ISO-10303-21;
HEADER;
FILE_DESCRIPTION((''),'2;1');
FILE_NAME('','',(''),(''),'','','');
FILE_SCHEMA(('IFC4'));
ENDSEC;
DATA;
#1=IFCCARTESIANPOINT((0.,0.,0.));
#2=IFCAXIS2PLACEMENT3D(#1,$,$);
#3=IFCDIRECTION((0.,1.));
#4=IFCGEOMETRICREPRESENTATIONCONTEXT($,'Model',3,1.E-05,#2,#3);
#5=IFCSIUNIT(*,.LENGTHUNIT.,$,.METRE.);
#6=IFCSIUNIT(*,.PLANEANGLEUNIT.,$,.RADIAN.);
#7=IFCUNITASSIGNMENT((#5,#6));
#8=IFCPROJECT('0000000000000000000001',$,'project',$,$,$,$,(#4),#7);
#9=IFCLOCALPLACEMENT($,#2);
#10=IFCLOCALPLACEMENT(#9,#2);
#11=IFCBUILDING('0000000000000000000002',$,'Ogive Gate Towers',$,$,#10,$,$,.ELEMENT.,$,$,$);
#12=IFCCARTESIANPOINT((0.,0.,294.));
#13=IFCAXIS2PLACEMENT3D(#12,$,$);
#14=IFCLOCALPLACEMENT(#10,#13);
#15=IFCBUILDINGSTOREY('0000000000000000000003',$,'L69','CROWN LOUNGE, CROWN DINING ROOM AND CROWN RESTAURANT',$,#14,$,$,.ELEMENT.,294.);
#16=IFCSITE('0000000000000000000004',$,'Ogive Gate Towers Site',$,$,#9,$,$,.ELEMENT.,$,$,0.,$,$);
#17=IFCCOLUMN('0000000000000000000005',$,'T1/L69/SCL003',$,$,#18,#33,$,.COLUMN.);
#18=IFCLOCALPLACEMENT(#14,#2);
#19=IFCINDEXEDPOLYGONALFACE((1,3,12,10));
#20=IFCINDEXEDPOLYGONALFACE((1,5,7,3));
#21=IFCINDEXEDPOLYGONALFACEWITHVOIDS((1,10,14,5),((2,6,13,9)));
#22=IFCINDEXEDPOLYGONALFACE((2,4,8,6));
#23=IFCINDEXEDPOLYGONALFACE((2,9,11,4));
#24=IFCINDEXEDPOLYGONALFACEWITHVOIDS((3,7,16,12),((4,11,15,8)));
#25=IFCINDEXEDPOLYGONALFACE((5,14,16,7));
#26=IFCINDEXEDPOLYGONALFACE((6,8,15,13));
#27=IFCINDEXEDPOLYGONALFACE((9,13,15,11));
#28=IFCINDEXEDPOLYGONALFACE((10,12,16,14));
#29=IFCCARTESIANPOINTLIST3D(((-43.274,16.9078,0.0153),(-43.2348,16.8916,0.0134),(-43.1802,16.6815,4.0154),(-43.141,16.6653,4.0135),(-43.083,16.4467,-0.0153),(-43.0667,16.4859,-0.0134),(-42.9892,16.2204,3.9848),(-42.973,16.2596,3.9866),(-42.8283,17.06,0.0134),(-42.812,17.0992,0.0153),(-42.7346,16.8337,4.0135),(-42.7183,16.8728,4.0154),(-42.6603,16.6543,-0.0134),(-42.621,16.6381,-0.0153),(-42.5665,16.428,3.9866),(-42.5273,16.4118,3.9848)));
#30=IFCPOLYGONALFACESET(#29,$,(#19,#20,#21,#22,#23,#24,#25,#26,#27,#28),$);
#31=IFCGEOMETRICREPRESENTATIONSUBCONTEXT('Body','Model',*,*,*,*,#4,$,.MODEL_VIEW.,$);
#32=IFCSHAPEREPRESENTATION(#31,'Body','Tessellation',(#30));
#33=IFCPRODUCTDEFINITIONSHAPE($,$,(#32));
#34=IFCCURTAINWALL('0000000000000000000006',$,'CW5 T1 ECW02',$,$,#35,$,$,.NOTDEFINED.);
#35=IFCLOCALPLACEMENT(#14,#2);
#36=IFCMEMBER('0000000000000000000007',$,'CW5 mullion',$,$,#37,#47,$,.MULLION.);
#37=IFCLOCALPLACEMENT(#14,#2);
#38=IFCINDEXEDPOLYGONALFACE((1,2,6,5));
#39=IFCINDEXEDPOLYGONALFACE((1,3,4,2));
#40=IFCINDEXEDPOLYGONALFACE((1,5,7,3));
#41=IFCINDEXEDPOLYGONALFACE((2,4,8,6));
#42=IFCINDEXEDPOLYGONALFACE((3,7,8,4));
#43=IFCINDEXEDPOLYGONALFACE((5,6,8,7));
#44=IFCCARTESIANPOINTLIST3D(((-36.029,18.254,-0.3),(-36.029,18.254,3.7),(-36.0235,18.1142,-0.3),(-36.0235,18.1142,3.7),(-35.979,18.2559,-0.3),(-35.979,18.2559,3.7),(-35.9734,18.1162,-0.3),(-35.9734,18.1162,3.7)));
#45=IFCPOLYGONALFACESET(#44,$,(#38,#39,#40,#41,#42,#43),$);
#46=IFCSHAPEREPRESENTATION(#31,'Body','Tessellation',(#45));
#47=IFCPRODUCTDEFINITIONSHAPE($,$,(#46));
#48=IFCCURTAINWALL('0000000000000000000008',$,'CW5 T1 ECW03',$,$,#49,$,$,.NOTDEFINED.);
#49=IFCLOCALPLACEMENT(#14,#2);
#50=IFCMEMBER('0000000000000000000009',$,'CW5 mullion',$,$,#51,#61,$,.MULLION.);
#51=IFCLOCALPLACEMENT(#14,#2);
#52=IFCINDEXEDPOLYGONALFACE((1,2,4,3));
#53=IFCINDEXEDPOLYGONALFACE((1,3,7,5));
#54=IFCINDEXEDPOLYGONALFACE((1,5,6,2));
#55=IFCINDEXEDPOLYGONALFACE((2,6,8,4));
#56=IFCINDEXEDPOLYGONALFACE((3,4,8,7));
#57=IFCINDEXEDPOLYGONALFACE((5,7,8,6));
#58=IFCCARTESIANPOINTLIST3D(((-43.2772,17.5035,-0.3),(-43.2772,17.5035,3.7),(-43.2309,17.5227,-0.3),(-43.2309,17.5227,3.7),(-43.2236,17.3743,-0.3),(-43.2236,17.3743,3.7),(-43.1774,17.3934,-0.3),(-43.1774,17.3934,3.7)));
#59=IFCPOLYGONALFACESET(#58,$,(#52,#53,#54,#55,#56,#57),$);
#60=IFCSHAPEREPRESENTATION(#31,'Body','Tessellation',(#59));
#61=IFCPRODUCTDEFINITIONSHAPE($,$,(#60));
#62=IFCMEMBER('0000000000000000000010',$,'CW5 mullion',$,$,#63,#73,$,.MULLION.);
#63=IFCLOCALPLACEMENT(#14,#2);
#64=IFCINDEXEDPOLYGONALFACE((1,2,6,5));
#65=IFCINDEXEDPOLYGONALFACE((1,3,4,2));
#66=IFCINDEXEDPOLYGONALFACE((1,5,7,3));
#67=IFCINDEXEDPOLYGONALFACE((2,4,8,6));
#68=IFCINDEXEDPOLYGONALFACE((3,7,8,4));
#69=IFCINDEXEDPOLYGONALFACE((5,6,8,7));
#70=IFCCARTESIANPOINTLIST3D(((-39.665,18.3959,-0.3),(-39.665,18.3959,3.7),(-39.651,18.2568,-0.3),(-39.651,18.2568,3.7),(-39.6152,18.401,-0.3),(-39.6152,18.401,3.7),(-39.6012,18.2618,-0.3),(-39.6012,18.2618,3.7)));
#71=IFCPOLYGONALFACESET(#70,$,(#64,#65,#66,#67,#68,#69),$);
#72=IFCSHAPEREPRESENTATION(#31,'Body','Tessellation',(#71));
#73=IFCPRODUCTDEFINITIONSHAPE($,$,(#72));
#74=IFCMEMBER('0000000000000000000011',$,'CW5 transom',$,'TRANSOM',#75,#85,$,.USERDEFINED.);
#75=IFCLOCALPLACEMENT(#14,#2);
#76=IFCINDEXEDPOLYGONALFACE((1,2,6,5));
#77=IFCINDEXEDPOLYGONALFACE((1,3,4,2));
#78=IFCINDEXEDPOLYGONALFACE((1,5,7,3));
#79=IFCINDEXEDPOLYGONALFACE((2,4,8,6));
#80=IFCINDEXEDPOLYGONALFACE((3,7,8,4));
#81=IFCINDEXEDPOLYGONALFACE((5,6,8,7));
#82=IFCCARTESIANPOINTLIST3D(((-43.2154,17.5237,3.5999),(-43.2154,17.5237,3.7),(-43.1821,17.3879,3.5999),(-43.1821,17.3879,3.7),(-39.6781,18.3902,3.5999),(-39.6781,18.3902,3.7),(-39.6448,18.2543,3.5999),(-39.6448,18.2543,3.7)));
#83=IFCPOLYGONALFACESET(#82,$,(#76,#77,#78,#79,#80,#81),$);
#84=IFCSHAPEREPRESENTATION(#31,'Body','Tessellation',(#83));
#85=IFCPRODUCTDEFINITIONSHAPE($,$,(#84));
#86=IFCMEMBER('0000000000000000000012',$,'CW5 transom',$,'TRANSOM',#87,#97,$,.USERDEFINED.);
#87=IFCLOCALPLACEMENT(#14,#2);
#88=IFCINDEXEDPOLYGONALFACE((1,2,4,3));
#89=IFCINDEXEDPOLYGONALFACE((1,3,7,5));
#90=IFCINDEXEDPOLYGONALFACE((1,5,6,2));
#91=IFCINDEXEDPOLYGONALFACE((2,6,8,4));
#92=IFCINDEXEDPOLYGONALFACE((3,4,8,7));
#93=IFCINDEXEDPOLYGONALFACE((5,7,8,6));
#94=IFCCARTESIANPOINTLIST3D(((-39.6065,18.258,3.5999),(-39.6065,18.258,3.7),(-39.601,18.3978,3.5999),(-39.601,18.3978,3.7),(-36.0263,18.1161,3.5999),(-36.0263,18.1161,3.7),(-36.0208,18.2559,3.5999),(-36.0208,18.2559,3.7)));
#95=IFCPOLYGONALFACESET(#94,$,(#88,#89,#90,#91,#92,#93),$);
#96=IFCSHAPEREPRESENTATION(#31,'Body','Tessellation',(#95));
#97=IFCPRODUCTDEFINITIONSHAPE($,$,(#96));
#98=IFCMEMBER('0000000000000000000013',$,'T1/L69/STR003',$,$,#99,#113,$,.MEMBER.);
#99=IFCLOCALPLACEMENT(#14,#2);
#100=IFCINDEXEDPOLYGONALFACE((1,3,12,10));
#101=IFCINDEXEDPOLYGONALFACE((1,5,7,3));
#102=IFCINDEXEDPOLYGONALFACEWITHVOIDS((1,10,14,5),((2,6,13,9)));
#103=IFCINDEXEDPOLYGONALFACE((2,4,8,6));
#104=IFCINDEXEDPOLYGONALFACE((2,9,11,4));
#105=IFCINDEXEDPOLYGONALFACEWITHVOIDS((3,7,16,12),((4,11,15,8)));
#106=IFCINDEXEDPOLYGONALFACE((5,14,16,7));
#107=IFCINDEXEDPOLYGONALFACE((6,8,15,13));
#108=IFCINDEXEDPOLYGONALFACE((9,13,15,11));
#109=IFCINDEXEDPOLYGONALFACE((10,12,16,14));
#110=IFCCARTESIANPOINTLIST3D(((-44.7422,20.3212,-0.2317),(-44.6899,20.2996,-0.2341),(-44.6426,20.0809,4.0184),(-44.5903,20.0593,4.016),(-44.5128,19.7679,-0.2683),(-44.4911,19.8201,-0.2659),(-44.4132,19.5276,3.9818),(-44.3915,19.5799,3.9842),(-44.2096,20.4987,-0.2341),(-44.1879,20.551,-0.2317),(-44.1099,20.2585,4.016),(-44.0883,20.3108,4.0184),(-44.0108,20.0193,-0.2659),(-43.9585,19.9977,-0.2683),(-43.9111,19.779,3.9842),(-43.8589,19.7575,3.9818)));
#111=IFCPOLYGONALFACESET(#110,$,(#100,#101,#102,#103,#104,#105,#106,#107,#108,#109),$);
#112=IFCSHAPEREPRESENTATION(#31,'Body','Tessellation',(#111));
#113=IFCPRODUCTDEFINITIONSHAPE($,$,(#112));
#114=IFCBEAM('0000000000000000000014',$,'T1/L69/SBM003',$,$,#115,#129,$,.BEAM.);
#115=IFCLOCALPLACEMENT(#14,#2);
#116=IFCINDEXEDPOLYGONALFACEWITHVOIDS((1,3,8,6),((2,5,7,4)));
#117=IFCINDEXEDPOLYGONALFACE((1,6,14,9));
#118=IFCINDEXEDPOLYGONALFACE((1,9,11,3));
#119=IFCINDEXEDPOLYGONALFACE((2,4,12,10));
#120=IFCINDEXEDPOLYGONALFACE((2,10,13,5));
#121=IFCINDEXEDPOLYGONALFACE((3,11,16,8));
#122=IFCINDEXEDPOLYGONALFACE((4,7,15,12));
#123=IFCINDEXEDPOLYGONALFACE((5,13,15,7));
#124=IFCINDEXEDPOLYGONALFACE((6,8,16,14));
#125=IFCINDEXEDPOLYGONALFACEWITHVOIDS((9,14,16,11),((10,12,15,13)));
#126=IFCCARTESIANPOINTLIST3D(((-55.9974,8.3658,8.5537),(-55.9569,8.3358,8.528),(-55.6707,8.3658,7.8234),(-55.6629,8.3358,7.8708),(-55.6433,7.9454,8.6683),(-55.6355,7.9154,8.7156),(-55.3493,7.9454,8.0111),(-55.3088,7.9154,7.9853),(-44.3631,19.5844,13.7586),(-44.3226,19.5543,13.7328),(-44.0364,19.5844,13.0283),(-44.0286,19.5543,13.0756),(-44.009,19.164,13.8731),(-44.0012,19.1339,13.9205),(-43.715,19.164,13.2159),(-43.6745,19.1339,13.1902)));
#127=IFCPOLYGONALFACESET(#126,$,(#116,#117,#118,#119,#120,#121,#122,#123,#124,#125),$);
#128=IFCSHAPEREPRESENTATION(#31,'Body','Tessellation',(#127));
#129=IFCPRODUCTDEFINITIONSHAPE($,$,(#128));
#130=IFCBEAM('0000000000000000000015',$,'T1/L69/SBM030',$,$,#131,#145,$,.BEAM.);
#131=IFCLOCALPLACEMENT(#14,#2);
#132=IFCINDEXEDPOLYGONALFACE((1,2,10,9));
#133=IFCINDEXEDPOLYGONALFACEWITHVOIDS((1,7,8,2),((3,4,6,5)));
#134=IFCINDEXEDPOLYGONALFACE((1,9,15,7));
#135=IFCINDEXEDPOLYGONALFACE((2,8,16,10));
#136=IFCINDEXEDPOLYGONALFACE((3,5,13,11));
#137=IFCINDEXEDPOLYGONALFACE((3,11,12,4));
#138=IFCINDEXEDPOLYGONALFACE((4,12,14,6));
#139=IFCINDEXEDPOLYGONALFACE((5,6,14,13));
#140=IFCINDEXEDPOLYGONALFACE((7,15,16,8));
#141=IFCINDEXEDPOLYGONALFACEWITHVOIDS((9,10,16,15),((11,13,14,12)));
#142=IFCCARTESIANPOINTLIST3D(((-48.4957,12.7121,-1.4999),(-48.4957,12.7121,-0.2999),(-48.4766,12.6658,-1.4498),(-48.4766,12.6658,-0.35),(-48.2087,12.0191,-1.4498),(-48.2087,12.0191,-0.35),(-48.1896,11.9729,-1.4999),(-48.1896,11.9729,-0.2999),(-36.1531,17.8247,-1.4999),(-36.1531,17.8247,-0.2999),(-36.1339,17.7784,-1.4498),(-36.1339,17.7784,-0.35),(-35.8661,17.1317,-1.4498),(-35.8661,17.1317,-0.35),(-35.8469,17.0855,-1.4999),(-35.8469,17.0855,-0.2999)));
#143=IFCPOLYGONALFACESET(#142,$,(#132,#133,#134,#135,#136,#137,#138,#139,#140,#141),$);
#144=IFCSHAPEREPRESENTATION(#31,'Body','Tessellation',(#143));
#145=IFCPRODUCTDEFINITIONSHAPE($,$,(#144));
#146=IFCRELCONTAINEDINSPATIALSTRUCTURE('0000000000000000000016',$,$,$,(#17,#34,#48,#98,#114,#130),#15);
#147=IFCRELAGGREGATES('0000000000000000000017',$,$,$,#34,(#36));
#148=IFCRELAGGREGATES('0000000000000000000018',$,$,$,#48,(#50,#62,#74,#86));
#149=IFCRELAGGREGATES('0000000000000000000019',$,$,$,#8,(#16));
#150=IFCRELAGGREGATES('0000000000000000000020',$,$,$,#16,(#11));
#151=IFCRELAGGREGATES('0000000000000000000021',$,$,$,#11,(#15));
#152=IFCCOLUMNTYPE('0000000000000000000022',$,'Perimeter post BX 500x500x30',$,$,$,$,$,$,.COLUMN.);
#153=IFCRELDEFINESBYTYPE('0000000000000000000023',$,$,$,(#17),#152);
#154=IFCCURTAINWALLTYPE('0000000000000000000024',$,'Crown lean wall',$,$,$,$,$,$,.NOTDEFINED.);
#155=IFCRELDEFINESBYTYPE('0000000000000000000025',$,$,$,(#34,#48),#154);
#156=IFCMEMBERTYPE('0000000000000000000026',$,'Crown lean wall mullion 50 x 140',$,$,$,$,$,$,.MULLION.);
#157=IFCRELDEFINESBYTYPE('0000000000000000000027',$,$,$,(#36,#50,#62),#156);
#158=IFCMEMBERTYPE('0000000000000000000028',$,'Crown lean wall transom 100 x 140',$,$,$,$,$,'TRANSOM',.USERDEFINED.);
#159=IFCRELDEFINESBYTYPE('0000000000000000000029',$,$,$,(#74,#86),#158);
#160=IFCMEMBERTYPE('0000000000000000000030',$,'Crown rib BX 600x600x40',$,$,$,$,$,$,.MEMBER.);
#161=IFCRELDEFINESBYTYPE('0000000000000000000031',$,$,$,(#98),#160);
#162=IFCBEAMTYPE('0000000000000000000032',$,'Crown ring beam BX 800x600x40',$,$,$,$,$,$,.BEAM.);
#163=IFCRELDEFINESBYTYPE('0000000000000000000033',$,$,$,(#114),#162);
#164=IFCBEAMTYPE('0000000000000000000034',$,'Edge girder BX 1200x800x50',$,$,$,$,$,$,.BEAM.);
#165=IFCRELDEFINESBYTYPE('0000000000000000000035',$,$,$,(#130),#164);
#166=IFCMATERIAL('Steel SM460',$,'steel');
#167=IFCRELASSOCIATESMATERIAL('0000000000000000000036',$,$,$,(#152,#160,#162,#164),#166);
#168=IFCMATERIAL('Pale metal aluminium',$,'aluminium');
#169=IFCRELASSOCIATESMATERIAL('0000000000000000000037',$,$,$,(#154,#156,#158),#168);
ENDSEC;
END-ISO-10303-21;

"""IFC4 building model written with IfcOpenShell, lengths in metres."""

from ifc_helpers import new_model, si_unit, direction, frame, origin, origin_2d, place, context, subcontext, project, spatial, rectangle, hollow_rectangle, extrude, material, material_profile, profile_set, type_object, element, aggregate, save


model = new_model("IFC4")

# Units and contexts
model_context = context("Model", 3, precision=1e-05, world=origin(), true_north=direction((0.0, 1.0)))
body_context = subcontext(model_context, "Body", "Model", "MODEL_VIEW")
ifc_project = project(units=[si_unit("LENGTHUNIT", "METRE"), si_unit("PLANEANGLEUNIT", "RADIAN")], contexts=[model_context])

# Site, building, storey
site_placement = place(None, origin())
site = spatial("IfcSite", under=ifc_project, at=site_placement, Name="Ogive Gate Towers Site", CompositionType="ELEMENT", RefElevation=0.0)
building_placement = place(site_placement, origin())
building = spatial("IfcBuilding", under=site, at=building_placement, Name="Ogive Gate Towers", CompositionType="ELEMENT")
storey_placement = place(building_placement, frame((0.0, 0.0, 294.0)))
storey = spatial("IfcBuildingStorey", under=building, at=storey_placement, Name="L69", Description="CROWN LOUNGE, CROWN DINING ROOM AND CROWN RESTAURANT", CompositionType="ELEMENT", Elevation=294.0)

# Column
ifc_material_1 = material(Name="Steel SM460", Category="steel")
ifc_material_profile_1 = material_profile(ifc_material_1, hollow_rectangle(XDim=0.5, YDim=0.5, WallThickness=0.03, at=origin_2d()), Name="BX 500x500x30")
ifc_profile_set_1 = profile_set([ifc_material_profile_1], Name="Steel SM460")
column_type = type_object("IfcColumnType", Name="Perimeter post BX 500x500x30", PredefinedType="COLUMN", material=ifc_profile_set_1)
column_placement = place(storey_placement, frame((-42.9475, 16.7729, 0.0), z_axis=(0.023394, -0.056474, 0.99813), x_axis=(0.923871, 0.382704, 0.0)))
element("IfcColumn", 1, at=column_placement, inside=storey, type_object=column_type, Name="T1/L69/SCL003", PredefinedType="COLUMN", context=body_context, shape_type="SweptSolid", body=[
    extrude(hollow_rectangle(XDim=0.5, YDim=0.5, WallThickness=0.03, at=origin_2d()), origin(), (0.0, 0.0, 1.0), 4.0076),
])

# Curtain wall, member
ifc_material_2 = material(Name="Pale metal aluminium", Category="aluminium")
curtain_wall_type = type_object("IfcCurtainWallType", Name="Crown lean wall", PredefinedType="NOTDEFINED", material=ifc_material_2)
curtain_wall_1_placement = place(storey_placement, origin())
curtain_wall_1 = element("IfcCurtainWall", 2, at=curtain_wall_1_placement, inside=storey, type_object=curtain_wall_type, Name="CW5 T1 ECW02", PredefinedType="NOTDEFINED")
ifc_material_profile_2 = material_profile(ifc_material_2, rectangle(XDim=0.1399, YDim=0.05, at=origin_2d()), Name="50 x 140 aluminium box")
ifc_profile_set_2 = profile_set([ifc_material_profile_2], Name="Pale metal aluminium")
member_type_1 = type_object("IfcMemberType", Name="Crown lean wall mullion 50 x 140", PredefinedType="MULLION", material=ifc_profile_set_2)
member_1_placement = place(storey_placement, frame((-36.0012, 18.1851, -0.3), z_axis=(0.0, 0.0, 1.0), x_axis=(0.039609, -0.999215, 0.0)))
member_1 = element("IfcMember", 3, at=member_1_placement, type_object=member_type_1, Name="CW5 mullion", PredefinedType="MULLION", context=body_context, shape_type="SweptSolid", body=[
    extrude(rectangle(XDim=0.1399, YDim=0.05, at=origin_2d()), origin(), (0.0, 0.0, 1.0), 4.0),
])
aggregate(curtain_wall_1, [member_1])

# Curtain wall, members
curtain_wall_2_placement = place(storey_placement, origin())
curtain_wall_2 = element("IfcCurtainWall", 4, at=curtain_wall_2_placement, inside=storey, type_object=curtain_wall_type, Name="CW5 T1 ECW03", PredefinedType="NOTDEFINED")
member_2_placement = place(storey_placement, frame((-43.2273, 17.4485, -0.3), z_axis=(0.0, 0.0, 1.0), x_axis=(0.382683, -0.92388, 0.0)))
member_2 = element("IfcMember", 5, at=member_2_placement, type_object=member_type_1, Name="CW5 mullion", PredefinedType="MULLION", context=body_context, shape_type="SweptSolid", body=[
    extrude(rectangle(XDim=0.1399, YDim=0.05, at=origin_2d()), origin(), (0.0, 0.0, 1.0), 4.0),
])
member_3_placement = place(storey_placement, frame((-39.6331, 18.3289, -0.3), z_axis=(0.0, 0.0, 1.0), x_axis=(0.100101, -0.994977, 0.0)))
member_3 = element("IfcMember", 6, at=member_3_placement, type_object=member_type_1, Name="CW5 mullion", PredefinedType="MULLION", context=body_context, shape_type="SweptSolid", body=[
    extrude(rectangle(XDim=0.1399, YDim=0.05, at=origin_2d()), origin(), (0.0, 0.0, 1.0), 4.0),
])
ifc_material_profile_3 = material_profile(ifc_material_2, rectangle(XDim=0.1399, YDim=0.1001, at=origin_2d()), Name="100 x 140 aluminium box")
ifc_profile_set_3 = profile_set([ifc_material_profile_3], Name="Pale metal aluminium")
member_type_2 = type_object("IfcMemberType", Name="Crown lean wall transom 100 x 140", ElementType="TRANSOM", PredefinedType="USERDEFINED", material=ifc_profile_set_3)
member_4_placement = place(storey_placement, frame((-43.1987, 17.4558, 3.6499), z_axis=(0.971287, 0.237911, 0.0), x_axis=(-0.237911, 0.971287, 0.0)))
member_4 = element("IfcMember", 7, at=member_4_placement, type_object=member_type_2, Name="CW5 transom", ObjectType="TRANSOM", PredefinedType="USERDEFINED", context=body_context, shape_type="SweptSolid", body=[
    extrude(rectangle(XDim=0.1399, YDim=0.1001, at=origin_2d()), origin(), (0.0, 0.0, 1.0), 3.6418),
])
member_5_placement = place(storey_placement, frame((-39.6038, 18.3279, 3.6499), z_axis=(0.999216, -0.03959, 0.0), x_axis=(0.03959, 0.999216, 0.0)))
member_5 = element("IfcMember", 8, at=member_5_placement, type_object=member_type_2, Name="CW5 transom", ObjectType="TRANSOM", PredefinedType="USERDEFINED", context=body_context, shape_type="SweptSolid", body=[
    extrude(rectangle(XDim=0.1399, YDim=0.1001, at=origin_2d()), origin(), (0.0, 0.0, 1.0), 3.583),
])

# Member
ifc_material_profile_4 = material_profile(ifc_material_1, hollow_rectangle(XDim=0.6001, YDim=0.6001, WallThickness=0.04, at=origin_2d()), Name="BX 600x600x40")
ifc_profile_set_4 = profile_set([ifc_material_profile_4], Name="Steel SM460")
member_type_3 = type_object("IfcMemberType", Name="Crown rib BX 600x600x40", PredefinedType="MEMBER", material=ifc_profile_set_4)
member_6_placement = place(storey_placement, frame((-44.3503, 20.1594, -0.25), z_axis=(0.023394, -0.05642, 0.998133), x_axis=(0.923742, 0.383015, 0.0)))
element("IfcMember", 9, at=member_6_placement, inside=storey, type_object=member_type_3, Name="T1/L69/STR003", PredefinedType="MEMBER", context=body_context, shape_type="SweptSolid", body=[
    extrude(hollow_rectangle(XDim=0.6001, YDim=0.6001, WallThickness=0.04, at=origin_2d()), origin(), (0.0, 0.0, 1.0), 4.2581),
])

# Beams
ifc_material_profile_5 = material_profile(ifc_material_1, hollow_rectangle(XDim=0.6001, YDim=0.8, WallThickness=0.04, at=origin_2d()), Name="BX 800x600x40")
ifc_profile_set_5 = profile_set([ifc_material_profile_5], Name="Steel SM460")
beam_type_1 = type_object("IfcBeamType", Name="Crown ring beam BX 800x600x40", PredefinedType="BEAM", material=ifc_profile_set_5)
beam_1_placement = place(storey_placement, frame((-44.0188, 19.3591, 13.4744), z_axis=(-0.685198, -0.660711, -0.306537), x_axis=(-0.60311, 0.75064, -0.26981)))
element("IfcBeam", 10, at=beam_1_placement, inside=storey, type_object=beam_type_1, Name="T1/L69/SBM003", PredefinedType="BEAM", context=body_context, shape_type="SweptSolid", body=[
    extrude(hollow_rectangle(XDim=0.6001, YDim=0.8, WallThickness=0.04, at=origin_2d()), origin(), (0.0, 0.0, 1.0), 16.9795),
])
ifc_material_profile_6 = material_profile(ifc_material_1, hollow_rectangle(XDim=0.8, YDim=1.2, WallThickness=0.05, at=origin_2d()), Name="BX 1200x800x50")
ifc_profile_set_6 = profile_set([ifc_material_profile_6], Name="Steel SM460")
beam_type_2 = type_object("IfcBeamType", Name="Edge girder BX 1200x800x50", PredefinedType="BEAM", material=ifc_profile_set_6)
beam_2_placement = place(storey_placement, frame((-36.0, 17.4551, -0.8999), z_axis=(-0.923877, -0.38269, 0.0), x_axis=(0.38269, -0.923877, 0.0)))
element("IfcBeam", 11, at=beam_2_placement, inside=storey, type_object=beam_type_2, Name="T1/L69/SBM030", PredefinedType="BEAM", context=body_context, shape_type="SweptSolid", body=[
    extrude(hollow_rectangle(XDim=0.8, YDim=1.2, WallThickness=0.05, at=origin_2d()), origin(), (0.0, 0.0, 1.0), 13.3596),
])

aggregate(curtain_wall_2, [member_2, member_3, member_4, member_5])

save(model, "model.ifc")
